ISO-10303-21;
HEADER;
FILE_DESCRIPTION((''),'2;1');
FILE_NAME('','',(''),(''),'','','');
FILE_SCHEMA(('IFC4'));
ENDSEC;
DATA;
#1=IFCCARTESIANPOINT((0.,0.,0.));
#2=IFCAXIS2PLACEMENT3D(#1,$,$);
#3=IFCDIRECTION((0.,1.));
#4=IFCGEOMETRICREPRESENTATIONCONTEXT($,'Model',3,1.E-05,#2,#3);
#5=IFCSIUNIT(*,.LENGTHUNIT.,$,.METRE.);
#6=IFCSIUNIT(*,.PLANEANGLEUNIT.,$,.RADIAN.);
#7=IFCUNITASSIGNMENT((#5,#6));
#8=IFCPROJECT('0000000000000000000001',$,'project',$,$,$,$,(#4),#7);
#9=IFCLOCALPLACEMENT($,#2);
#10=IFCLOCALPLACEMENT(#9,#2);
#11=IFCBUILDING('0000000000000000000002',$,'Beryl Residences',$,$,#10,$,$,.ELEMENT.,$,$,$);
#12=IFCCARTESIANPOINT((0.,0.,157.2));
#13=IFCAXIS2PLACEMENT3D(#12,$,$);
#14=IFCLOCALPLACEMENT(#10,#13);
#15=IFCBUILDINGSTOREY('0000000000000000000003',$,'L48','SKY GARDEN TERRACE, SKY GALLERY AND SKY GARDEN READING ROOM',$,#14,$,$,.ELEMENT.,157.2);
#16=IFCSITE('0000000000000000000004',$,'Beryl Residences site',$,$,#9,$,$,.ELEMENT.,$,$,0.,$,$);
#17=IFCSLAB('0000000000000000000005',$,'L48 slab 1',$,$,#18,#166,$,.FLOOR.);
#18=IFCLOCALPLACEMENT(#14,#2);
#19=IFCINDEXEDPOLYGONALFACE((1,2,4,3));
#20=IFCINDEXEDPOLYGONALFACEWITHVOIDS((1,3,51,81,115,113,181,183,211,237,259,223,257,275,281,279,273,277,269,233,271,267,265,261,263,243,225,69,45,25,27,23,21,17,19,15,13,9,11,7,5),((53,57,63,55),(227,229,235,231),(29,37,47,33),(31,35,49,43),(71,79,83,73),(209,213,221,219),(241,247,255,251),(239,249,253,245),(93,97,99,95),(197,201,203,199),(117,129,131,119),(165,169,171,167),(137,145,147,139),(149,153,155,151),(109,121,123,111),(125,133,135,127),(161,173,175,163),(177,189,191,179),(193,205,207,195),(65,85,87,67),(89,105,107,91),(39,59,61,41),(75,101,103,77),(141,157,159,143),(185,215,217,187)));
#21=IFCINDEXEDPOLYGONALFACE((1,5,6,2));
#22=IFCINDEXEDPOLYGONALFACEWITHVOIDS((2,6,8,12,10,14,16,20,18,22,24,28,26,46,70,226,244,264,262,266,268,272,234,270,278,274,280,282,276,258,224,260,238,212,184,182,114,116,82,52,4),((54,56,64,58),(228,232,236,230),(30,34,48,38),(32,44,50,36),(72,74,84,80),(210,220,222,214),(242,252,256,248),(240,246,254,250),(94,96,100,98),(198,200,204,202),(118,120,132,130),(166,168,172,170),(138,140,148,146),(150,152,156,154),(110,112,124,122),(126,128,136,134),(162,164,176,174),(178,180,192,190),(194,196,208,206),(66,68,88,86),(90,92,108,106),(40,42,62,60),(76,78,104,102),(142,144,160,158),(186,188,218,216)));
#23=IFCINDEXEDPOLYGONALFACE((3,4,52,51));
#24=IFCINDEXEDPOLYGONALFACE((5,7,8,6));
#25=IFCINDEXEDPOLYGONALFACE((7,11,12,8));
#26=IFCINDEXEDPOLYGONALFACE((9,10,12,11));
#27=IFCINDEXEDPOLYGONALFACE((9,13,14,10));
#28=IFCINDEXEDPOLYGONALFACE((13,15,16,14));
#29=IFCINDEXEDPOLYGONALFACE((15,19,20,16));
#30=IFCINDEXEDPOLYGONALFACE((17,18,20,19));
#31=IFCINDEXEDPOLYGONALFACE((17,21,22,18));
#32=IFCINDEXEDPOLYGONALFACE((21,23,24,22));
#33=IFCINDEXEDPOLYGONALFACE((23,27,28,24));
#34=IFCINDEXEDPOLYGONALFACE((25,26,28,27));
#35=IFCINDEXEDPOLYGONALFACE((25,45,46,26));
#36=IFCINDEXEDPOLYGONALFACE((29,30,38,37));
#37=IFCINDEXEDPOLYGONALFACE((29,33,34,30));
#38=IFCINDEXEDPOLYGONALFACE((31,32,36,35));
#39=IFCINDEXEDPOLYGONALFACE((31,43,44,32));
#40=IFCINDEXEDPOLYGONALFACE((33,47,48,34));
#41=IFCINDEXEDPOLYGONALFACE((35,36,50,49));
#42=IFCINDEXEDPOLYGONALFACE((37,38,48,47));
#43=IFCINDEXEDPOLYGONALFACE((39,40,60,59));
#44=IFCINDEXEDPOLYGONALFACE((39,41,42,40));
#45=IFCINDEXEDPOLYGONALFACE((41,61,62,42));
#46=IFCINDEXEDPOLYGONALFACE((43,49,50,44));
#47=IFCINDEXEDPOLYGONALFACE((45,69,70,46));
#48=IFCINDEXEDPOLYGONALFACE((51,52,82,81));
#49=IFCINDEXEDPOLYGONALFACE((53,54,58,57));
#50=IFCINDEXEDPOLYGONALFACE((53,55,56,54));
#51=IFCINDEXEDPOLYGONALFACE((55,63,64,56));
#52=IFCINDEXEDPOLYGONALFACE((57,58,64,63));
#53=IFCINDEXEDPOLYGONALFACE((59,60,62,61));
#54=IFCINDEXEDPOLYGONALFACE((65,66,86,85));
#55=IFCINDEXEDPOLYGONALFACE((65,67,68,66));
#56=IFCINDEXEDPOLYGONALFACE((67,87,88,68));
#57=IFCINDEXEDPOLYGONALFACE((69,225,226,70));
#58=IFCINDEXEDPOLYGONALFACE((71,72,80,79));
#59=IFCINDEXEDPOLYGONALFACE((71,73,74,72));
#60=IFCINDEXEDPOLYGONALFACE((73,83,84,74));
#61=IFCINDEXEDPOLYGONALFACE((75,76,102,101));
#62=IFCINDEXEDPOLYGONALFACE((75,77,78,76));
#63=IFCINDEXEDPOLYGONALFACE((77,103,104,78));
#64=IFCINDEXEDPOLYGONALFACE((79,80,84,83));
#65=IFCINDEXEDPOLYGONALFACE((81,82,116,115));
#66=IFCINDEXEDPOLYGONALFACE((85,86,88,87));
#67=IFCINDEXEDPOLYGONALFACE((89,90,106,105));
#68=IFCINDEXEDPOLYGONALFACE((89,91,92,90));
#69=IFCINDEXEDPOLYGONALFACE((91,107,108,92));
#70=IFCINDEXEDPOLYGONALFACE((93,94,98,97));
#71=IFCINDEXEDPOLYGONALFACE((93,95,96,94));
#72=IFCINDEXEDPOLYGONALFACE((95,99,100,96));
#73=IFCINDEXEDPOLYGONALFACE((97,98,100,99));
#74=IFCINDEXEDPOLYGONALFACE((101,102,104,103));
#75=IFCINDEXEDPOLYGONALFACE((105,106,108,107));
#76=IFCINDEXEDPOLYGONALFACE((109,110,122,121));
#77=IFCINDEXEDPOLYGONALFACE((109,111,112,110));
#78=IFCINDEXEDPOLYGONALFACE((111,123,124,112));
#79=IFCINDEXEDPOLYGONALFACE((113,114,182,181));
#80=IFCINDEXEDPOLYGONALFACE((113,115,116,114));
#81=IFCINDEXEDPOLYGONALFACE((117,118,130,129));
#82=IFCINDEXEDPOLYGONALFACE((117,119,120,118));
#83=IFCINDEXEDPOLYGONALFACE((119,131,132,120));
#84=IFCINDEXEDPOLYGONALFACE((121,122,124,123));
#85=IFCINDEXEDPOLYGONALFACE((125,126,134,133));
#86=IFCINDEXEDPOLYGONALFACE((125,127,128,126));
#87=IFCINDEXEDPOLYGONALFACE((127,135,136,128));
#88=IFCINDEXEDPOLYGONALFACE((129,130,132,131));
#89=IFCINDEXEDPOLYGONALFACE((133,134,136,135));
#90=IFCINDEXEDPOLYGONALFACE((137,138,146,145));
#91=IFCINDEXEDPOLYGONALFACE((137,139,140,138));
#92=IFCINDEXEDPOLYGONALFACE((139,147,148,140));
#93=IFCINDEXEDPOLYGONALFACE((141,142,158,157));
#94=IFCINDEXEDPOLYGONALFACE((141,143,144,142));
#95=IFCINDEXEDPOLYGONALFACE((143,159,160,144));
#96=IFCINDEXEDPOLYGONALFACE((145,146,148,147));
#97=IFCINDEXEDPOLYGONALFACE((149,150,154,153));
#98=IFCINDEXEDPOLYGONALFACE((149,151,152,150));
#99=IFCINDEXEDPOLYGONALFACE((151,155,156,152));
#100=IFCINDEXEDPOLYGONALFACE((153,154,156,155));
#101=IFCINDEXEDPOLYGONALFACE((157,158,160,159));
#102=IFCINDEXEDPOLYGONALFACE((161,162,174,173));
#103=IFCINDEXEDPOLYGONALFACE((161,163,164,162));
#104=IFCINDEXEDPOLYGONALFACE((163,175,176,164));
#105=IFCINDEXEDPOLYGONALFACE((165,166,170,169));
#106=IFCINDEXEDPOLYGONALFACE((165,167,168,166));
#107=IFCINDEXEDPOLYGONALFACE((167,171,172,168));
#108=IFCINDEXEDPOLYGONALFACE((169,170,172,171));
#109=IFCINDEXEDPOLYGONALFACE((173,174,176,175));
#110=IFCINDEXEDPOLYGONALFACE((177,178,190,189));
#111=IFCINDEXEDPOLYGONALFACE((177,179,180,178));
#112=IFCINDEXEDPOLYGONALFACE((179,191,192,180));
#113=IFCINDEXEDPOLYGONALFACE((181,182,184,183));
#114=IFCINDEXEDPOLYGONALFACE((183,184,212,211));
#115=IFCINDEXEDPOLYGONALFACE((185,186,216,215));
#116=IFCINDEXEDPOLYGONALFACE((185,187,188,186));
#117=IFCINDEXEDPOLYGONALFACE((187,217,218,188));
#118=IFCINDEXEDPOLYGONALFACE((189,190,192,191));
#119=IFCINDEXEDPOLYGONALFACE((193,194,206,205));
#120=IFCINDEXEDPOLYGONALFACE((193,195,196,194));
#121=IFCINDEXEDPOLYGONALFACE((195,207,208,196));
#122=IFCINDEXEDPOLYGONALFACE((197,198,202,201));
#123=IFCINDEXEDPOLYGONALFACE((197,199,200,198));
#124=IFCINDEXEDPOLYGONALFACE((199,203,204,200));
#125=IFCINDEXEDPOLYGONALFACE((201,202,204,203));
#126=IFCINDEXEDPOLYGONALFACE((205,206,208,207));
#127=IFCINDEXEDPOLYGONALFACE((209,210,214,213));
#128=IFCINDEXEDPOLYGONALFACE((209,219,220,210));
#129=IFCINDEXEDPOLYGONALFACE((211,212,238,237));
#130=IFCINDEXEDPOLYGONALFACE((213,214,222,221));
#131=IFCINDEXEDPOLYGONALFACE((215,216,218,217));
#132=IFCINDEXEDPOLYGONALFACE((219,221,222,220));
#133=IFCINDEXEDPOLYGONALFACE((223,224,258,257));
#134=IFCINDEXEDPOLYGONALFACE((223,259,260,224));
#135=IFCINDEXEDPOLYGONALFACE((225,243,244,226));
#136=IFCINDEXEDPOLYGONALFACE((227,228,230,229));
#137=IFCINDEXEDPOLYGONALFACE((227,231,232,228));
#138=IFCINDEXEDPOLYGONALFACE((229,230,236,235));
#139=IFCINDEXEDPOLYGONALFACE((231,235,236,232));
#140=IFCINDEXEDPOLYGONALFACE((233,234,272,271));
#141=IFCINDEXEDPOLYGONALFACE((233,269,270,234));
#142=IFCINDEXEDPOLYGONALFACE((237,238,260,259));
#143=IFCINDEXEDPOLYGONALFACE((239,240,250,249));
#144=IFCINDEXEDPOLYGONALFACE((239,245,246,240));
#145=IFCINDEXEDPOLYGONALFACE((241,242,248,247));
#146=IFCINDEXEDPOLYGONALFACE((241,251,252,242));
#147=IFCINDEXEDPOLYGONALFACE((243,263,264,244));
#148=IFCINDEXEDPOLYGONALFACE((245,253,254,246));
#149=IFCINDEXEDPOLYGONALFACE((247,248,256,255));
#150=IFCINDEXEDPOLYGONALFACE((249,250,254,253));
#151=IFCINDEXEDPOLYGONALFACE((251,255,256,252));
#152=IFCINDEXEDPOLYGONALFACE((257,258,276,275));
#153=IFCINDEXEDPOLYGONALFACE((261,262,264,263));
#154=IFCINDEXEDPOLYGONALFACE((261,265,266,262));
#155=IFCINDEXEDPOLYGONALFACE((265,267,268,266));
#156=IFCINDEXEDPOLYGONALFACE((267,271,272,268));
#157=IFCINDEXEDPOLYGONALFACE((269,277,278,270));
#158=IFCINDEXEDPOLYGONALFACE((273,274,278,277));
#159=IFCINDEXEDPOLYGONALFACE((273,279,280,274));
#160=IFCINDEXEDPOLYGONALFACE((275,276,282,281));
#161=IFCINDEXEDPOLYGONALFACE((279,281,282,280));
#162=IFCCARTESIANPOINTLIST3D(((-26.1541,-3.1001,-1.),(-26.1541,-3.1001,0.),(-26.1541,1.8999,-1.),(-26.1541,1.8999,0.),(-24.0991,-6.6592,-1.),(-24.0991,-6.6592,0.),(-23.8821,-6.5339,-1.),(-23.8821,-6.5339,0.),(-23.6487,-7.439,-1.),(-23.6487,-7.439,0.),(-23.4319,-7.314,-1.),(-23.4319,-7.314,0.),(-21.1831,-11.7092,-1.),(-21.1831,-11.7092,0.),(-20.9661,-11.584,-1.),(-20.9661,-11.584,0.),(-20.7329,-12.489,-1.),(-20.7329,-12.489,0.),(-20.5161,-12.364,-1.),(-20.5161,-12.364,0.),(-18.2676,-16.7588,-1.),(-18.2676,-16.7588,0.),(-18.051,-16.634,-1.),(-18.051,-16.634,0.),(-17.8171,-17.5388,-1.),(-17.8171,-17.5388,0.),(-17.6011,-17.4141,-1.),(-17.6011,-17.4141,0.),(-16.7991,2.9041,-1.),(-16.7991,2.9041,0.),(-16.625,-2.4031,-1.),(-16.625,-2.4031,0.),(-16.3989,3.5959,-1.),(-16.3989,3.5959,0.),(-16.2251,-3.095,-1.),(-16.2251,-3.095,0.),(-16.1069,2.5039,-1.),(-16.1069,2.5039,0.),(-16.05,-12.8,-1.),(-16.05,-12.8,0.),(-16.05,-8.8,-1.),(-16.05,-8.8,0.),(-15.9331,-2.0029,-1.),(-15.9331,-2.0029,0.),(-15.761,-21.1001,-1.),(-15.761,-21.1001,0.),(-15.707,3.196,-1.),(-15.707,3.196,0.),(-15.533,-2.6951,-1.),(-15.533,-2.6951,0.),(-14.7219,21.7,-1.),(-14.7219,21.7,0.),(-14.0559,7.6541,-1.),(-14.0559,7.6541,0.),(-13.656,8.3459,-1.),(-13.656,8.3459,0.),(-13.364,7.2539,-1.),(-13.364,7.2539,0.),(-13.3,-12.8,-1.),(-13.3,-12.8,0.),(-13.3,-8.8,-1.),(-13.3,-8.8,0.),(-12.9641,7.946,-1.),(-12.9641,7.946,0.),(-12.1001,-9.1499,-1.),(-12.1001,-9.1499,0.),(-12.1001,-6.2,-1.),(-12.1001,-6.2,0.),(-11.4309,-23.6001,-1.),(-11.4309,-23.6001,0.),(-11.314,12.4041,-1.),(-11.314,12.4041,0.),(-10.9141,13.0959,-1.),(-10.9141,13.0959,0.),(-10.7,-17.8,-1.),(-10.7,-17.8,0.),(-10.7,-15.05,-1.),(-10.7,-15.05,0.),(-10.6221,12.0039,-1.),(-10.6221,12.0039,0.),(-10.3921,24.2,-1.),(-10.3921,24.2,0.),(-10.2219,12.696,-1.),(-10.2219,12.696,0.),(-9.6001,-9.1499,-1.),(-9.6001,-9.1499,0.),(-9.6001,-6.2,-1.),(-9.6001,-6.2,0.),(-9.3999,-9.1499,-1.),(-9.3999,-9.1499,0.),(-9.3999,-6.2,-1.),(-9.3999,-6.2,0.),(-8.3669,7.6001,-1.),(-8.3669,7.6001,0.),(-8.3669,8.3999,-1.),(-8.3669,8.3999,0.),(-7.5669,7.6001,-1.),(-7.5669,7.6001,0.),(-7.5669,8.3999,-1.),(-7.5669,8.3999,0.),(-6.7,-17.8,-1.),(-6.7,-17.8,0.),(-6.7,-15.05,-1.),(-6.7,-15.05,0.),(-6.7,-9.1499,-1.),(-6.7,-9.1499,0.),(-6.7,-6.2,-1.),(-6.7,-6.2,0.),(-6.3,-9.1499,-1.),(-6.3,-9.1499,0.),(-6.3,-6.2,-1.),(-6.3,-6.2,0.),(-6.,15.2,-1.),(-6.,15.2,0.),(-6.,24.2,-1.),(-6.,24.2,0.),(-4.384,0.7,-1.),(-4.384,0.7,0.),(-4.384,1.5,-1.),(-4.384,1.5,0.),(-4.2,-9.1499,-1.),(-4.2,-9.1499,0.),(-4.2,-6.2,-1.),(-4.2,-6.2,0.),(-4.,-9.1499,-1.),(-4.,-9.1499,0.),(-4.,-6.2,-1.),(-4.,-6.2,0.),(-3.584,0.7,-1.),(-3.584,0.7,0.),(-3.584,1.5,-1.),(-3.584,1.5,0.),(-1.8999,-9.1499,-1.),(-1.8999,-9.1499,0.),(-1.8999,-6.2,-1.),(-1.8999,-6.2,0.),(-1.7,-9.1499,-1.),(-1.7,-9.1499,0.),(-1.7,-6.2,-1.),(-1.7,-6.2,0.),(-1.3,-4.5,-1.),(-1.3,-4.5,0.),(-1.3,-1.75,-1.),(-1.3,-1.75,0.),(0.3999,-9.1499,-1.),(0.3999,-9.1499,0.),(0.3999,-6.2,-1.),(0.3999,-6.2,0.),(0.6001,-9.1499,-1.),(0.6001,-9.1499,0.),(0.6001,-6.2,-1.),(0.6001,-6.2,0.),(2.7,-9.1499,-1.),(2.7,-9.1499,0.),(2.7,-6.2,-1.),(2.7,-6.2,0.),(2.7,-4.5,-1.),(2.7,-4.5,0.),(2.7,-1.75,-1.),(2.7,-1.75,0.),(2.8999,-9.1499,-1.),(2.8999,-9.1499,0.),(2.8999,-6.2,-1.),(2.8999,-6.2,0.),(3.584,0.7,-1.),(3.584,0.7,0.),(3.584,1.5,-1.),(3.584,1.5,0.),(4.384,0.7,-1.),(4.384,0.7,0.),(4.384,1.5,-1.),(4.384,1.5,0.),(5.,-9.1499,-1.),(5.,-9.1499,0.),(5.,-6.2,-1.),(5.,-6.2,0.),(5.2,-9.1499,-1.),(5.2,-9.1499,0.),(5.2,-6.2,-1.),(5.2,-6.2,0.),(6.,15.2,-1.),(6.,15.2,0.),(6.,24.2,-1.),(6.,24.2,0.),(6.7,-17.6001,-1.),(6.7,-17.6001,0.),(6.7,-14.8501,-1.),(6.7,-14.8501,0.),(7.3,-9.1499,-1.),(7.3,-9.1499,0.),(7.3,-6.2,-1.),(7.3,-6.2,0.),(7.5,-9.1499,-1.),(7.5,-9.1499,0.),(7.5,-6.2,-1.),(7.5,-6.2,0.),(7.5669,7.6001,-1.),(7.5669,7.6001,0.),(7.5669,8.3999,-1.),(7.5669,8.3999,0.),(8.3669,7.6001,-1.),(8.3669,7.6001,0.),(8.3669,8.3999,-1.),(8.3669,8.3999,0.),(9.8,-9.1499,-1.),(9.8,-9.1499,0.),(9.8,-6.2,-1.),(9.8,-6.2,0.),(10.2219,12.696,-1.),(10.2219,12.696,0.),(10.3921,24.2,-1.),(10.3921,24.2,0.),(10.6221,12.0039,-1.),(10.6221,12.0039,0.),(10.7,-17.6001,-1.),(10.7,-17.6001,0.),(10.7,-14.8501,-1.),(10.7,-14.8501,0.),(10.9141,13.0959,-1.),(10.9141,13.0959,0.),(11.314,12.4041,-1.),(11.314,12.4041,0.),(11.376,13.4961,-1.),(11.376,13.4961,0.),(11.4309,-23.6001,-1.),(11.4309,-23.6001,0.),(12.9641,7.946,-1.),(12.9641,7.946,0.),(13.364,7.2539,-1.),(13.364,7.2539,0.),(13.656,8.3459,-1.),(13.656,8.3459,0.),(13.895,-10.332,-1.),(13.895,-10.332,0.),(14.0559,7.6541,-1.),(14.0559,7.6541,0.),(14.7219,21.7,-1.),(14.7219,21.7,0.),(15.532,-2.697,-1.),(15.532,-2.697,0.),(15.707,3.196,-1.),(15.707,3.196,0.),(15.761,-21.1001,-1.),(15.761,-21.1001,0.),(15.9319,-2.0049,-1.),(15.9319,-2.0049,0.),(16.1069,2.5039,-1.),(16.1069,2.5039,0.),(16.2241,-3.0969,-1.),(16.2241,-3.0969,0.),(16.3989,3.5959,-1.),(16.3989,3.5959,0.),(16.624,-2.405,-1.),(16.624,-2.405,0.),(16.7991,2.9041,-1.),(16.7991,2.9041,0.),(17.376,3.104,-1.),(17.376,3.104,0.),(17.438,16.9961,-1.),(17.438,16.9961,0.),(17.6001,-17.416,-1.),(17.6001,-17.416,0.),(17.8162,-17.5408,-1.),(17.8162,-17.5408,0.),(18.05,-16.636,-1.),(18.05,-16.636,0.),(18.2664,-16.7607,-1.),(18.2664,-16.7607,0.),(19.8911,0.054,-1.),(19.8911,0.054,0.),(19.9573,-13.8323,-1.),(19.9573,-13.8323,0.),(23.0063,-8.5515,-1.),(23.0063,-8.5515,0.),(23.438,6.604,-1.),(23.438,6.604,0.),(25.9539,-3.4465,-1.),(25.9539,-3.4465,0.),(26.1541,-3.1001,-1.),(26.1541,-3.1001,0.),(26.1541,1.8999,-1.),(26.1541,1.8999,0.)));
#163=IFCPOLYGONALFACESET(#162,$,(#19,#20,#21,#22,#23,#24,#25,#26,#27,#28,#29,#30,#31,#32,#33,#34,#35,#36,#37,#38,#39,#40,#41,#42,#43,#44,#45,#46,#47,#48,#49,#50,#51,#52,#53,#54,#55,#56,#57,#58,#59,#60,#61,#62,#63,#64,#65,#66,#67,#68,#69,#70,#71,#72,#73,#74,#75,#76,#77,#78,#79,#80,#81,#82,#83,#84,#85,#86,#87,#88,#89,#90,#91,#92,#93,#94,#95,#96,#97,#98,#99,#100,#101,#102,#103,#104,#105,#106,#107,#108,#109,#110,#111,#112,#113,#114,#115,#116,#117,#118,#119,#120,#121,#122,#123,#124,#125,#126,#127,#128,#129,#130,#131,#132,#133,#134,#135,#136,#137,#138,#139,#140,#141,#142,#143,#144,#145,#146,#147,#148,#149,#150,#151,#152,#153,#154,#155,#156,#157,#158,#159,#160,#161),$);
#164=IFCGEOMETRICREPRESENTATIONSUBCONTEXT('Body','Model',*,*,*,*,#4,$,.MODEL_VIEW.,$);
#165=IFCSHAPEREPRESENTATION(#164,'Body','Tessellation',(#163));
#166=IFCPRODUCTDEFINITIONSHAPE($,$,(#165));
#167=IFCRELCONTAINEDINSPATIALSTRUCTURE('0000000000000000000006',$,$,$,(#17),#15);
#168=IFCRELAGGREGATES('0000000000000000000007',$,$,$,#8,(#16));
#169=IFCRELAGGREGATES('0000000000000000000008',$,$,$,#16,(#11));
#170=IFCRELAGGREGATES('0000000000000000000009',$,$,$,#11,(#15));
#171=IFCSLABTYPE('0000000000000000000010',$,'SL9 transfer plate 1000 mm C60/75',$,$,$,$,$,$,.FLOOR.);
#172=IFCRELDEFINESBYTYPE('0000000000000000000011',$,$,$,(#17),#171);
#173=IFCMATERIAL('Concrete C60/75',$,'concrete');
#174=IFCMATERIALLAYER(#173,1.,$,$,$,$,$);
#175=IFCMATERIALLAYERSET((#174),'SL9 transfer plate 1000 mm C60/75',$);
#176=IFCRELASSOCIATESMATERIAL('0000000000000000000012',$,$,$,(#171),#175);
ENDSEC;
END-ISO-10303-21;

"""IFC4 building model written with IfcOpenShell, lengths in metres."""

from ifc_helpers import new_model, si_unit, direction, frame, origin, place, context, subcontext, project, spatial, polyline, outline, extrude, material, layer, layer_set, type_object, element, save


model = new_model("IFC4")

# Units and contexts
model_context = context("Model", 3, precision=1e-05, world=origin(), true_north=direction((0.0, 1.0)))
body_context = subcontext(model_context, "Body", "Model", "MODEL_VIEW")
ifc_project = project(units=[si_unit("LENGTHUNIT", "METRE"), si_unit("PLANEANGLEUNIT", "RADIAN")], contexts=[model_context])

# Site, building, storey
site_placement = place(None, origin())
site = spatial("IfcSite", under=ifc_project, at=site_placement, Name="Beryl Residences site", CompositionType="ELEMENT", RefElevation=0.0)
building_placement = place(site_placement, origin())
building = spatial("IfcBuilding", under=site, at=building_placement, Name="Beryl Residences", CompositionType="ELEMENT")
storey_placement = place(building_placement, frame((0.0, 0.0, 157.2)))
storey = spatial("IfcBuildingStorey", under=building, at=storey_placement, Name="L48", Description="SKY GARDEN TERRACE, SKY GALLERY AND SKY GARDEN READING ROOM", CompositionType="ELEMENT", Elevation=157.2)

# Slab
ifc_material_1 = material(Name="Concrete C60/75", Category="concrete")
ifc_layer_1 = layer(ifc_material_1, 1.0)
ifc_layer_set_1 = layer_set([ifc_layer_1], Name="SL9 transfer plate 1000 mm C60/75")
slab_type = type_object("IfcSlabType", Name="SL9 transfer plate 1000 mm C60/75", PredefinedType="FLOOR", material=ifc_layer_set_1)
slab_placement = place(storey_placement, frame((0.0, 0.0, -1.0)))
element("IfcSlab", 1, at=slab_placement, inside=storey, type_object=slab_type, Name="L48 slab 1", PredefinedType="FLOOR", context=body_context, shape_type="SweptSolid", body=[
    extrude(outline(polyline([(17.438, 16.9961), (11.376, 13.4961), (17.376, 3.104), (23.438, 6.604), (26.1541, 1.8999), (26.1541, -3.1001), (23.0063, -8.5515), (25.9539, -3.4465), (19.8911, 0.054), (13.895, -10.332), (19.9573, -13.8323), (18.2664, -16.7607), (18.05, -16.636), (17.6001, -17.416), (17.8162, -17.5408), (15.761, -21.1001), (11.4309, -23.6001), (-11.4309, -23.6001), (-15.761, -21.1001), (-17.8171, -17.5388), (-17.6011, -17.4141), (-18.051, -16.634), (-18.2676, -16.7588), (-20.7329, -12.489), (-20.5161, -12.364), (-20.9661, -11.584), (-21.1831, -11.7092), (-23.6487, -7.439), (-23.4319, -7.314), (-23.8821, -6.5339), (-24.0991, -6.6592), (-26.1541, -3.1001), (-26.1541, 1.8999), (-14.7219, 21.7), (-10.3921, 24.2), (-6.0, 24.2), (-6.0, 15.2), (6.0, 15.2), (6.0, 24.2), (10.3921, 24.2), (14.7219, 21.7), (17.438, 16.9961)]), holes=[polyline([(16.3989, 3.5959), (15.707, 3.196), (16.1069, 2.5039), (16.7991, 2.9041), (16.3989, 3.5959)]), polyline([(16.624, -2.405), (15.9319, -2.0049), (15.532, -2.697), (16.2241, -3.0969), (16.624, -2.405)]), polyline([(14.0559, 7.6541), (13.656, 8.3459), (12.9641, 7.946), (13.364, 7.2539), (14.0559, 7.6541)]), polyline([(10.9141, 13.0959), (10.2219, 12.696), (10.6221, 12.0039), (11.314, 12.4041), (10.9141, 13.0959)]), polyline([(6.7, -14.8501), (6.7, -17.6001), (10.7, -17.6001), (10.7, -14.8501), (6.7, -14.8501)]), polyline([(7.5, -6.2), (7.5, -9.1499), (9.8, -9.1499), (9.8, -6.2), (7.5, -6.2)]), polyline([(7.5669, 7.6001), (8.3669, 7.6001), (8.3669, 8.3999), (7.5669, 8.3999), (7.5669, 7.6001)]), polyline([(5.2, -6.2), (5.2, -9.1499), (7.3, -9.1499), (7.3, -6.2), (5.2, -6.2)]), polyline([(2.8999, -6.2), (2.8999, -9.1499), (5.0, -9.1499), (5.0, -6.2), (2.8999, -6.2)]), polyline([(3.584, 0.7), (4.384, 0.7), (4.384, 1.5), (3.584, 1.5), (3.584, 0.7)]), polyline([(0.6001, -6.2), (0.6001, -9.1499), (2.7, -9.1499), (2.7, -6.2), (0.6001, -6.2)]), polyline([(2.7, -4.5), (2.7, -1.75), (-1.3, -1.75), (-1.3, -4.5), (2.7, -4.5)]), polyline([(0.3999, -9.1499), (0.3999, -6.2), (-1.7, -6.2), (-1.7, -9.1499), (0.3999, -9.1499)]), polyline([(-4.0, -9.1499), (-1.8999, -9.1499), (-1.8999, -6.2), (-4.0, -6.2), (-4.0, -9.1499)]), polyline([(-4.384, 0.7), (-3.584, 0.7), (-3.584, 1.5), (-4.384, 1.5), (-4.384, 0.7)]), polyline([(-6.3, -6.2), (-6.3, -9.1499), (-4.2, -9.1499), (-4.2, -6.2), (-6.3, -6.2)]), polyline([(-6.7, -9.1499), (-6.7, -6.2), (-9.3999, -6.2), (-9.3999, -9.1499), (-6.7, -9.1499)]), polyline([(-6.7, -15.05), (-10.7, -15.05), (-10.7, -17.8), (-6.7, -17.8), (-6.7, -15.05)]), polyline([(-7.5669, 8.3999), (-8.3669, 8.3999), (-8.3669, 7.6001), (-7.5669, 7.6001), (-7.5669, 8.3999)]), polyline([(-12.1001, -6.2), (-12.1001, -9.1499), (-9.6001, -9.1499), (-9.6001, -6.2), (-12.1001, -6.2)]), polyline([(-11.314, 12.4041), (-10.6221, 12.0039), (-10.2219, 12.696), (-10.9141, 13.0959), (-11.314, 12.4041)]), polyline([(-13.364, 7.2539), (-12.9641, 7.946), (-13.656, 8.3459), (-14.0559, 7.6541), (-13.364, 7.2539)]), polyline([(-13.3, -12.8), (-13.3, -8.8), (-16.05, -8.8), (-16.05, -12.8), (-13.3, -12.8)]), polyline([(-16.2251, -3.095), (-15.533, -2.6951), (-15.9331, -2.0029), (-16.625, -2.4031), (-16.2251, -3.095)]), polyline([(-16.7991, 2.9041), (-16.1069, 2.5039), (-15.707, 3.196), (-16.3989, 3.5959), (-16.7991, 2.9041)])]), origin(), (0.0, 0.0, 1.0), 1.0),
])

save(model, "model.ifc")
